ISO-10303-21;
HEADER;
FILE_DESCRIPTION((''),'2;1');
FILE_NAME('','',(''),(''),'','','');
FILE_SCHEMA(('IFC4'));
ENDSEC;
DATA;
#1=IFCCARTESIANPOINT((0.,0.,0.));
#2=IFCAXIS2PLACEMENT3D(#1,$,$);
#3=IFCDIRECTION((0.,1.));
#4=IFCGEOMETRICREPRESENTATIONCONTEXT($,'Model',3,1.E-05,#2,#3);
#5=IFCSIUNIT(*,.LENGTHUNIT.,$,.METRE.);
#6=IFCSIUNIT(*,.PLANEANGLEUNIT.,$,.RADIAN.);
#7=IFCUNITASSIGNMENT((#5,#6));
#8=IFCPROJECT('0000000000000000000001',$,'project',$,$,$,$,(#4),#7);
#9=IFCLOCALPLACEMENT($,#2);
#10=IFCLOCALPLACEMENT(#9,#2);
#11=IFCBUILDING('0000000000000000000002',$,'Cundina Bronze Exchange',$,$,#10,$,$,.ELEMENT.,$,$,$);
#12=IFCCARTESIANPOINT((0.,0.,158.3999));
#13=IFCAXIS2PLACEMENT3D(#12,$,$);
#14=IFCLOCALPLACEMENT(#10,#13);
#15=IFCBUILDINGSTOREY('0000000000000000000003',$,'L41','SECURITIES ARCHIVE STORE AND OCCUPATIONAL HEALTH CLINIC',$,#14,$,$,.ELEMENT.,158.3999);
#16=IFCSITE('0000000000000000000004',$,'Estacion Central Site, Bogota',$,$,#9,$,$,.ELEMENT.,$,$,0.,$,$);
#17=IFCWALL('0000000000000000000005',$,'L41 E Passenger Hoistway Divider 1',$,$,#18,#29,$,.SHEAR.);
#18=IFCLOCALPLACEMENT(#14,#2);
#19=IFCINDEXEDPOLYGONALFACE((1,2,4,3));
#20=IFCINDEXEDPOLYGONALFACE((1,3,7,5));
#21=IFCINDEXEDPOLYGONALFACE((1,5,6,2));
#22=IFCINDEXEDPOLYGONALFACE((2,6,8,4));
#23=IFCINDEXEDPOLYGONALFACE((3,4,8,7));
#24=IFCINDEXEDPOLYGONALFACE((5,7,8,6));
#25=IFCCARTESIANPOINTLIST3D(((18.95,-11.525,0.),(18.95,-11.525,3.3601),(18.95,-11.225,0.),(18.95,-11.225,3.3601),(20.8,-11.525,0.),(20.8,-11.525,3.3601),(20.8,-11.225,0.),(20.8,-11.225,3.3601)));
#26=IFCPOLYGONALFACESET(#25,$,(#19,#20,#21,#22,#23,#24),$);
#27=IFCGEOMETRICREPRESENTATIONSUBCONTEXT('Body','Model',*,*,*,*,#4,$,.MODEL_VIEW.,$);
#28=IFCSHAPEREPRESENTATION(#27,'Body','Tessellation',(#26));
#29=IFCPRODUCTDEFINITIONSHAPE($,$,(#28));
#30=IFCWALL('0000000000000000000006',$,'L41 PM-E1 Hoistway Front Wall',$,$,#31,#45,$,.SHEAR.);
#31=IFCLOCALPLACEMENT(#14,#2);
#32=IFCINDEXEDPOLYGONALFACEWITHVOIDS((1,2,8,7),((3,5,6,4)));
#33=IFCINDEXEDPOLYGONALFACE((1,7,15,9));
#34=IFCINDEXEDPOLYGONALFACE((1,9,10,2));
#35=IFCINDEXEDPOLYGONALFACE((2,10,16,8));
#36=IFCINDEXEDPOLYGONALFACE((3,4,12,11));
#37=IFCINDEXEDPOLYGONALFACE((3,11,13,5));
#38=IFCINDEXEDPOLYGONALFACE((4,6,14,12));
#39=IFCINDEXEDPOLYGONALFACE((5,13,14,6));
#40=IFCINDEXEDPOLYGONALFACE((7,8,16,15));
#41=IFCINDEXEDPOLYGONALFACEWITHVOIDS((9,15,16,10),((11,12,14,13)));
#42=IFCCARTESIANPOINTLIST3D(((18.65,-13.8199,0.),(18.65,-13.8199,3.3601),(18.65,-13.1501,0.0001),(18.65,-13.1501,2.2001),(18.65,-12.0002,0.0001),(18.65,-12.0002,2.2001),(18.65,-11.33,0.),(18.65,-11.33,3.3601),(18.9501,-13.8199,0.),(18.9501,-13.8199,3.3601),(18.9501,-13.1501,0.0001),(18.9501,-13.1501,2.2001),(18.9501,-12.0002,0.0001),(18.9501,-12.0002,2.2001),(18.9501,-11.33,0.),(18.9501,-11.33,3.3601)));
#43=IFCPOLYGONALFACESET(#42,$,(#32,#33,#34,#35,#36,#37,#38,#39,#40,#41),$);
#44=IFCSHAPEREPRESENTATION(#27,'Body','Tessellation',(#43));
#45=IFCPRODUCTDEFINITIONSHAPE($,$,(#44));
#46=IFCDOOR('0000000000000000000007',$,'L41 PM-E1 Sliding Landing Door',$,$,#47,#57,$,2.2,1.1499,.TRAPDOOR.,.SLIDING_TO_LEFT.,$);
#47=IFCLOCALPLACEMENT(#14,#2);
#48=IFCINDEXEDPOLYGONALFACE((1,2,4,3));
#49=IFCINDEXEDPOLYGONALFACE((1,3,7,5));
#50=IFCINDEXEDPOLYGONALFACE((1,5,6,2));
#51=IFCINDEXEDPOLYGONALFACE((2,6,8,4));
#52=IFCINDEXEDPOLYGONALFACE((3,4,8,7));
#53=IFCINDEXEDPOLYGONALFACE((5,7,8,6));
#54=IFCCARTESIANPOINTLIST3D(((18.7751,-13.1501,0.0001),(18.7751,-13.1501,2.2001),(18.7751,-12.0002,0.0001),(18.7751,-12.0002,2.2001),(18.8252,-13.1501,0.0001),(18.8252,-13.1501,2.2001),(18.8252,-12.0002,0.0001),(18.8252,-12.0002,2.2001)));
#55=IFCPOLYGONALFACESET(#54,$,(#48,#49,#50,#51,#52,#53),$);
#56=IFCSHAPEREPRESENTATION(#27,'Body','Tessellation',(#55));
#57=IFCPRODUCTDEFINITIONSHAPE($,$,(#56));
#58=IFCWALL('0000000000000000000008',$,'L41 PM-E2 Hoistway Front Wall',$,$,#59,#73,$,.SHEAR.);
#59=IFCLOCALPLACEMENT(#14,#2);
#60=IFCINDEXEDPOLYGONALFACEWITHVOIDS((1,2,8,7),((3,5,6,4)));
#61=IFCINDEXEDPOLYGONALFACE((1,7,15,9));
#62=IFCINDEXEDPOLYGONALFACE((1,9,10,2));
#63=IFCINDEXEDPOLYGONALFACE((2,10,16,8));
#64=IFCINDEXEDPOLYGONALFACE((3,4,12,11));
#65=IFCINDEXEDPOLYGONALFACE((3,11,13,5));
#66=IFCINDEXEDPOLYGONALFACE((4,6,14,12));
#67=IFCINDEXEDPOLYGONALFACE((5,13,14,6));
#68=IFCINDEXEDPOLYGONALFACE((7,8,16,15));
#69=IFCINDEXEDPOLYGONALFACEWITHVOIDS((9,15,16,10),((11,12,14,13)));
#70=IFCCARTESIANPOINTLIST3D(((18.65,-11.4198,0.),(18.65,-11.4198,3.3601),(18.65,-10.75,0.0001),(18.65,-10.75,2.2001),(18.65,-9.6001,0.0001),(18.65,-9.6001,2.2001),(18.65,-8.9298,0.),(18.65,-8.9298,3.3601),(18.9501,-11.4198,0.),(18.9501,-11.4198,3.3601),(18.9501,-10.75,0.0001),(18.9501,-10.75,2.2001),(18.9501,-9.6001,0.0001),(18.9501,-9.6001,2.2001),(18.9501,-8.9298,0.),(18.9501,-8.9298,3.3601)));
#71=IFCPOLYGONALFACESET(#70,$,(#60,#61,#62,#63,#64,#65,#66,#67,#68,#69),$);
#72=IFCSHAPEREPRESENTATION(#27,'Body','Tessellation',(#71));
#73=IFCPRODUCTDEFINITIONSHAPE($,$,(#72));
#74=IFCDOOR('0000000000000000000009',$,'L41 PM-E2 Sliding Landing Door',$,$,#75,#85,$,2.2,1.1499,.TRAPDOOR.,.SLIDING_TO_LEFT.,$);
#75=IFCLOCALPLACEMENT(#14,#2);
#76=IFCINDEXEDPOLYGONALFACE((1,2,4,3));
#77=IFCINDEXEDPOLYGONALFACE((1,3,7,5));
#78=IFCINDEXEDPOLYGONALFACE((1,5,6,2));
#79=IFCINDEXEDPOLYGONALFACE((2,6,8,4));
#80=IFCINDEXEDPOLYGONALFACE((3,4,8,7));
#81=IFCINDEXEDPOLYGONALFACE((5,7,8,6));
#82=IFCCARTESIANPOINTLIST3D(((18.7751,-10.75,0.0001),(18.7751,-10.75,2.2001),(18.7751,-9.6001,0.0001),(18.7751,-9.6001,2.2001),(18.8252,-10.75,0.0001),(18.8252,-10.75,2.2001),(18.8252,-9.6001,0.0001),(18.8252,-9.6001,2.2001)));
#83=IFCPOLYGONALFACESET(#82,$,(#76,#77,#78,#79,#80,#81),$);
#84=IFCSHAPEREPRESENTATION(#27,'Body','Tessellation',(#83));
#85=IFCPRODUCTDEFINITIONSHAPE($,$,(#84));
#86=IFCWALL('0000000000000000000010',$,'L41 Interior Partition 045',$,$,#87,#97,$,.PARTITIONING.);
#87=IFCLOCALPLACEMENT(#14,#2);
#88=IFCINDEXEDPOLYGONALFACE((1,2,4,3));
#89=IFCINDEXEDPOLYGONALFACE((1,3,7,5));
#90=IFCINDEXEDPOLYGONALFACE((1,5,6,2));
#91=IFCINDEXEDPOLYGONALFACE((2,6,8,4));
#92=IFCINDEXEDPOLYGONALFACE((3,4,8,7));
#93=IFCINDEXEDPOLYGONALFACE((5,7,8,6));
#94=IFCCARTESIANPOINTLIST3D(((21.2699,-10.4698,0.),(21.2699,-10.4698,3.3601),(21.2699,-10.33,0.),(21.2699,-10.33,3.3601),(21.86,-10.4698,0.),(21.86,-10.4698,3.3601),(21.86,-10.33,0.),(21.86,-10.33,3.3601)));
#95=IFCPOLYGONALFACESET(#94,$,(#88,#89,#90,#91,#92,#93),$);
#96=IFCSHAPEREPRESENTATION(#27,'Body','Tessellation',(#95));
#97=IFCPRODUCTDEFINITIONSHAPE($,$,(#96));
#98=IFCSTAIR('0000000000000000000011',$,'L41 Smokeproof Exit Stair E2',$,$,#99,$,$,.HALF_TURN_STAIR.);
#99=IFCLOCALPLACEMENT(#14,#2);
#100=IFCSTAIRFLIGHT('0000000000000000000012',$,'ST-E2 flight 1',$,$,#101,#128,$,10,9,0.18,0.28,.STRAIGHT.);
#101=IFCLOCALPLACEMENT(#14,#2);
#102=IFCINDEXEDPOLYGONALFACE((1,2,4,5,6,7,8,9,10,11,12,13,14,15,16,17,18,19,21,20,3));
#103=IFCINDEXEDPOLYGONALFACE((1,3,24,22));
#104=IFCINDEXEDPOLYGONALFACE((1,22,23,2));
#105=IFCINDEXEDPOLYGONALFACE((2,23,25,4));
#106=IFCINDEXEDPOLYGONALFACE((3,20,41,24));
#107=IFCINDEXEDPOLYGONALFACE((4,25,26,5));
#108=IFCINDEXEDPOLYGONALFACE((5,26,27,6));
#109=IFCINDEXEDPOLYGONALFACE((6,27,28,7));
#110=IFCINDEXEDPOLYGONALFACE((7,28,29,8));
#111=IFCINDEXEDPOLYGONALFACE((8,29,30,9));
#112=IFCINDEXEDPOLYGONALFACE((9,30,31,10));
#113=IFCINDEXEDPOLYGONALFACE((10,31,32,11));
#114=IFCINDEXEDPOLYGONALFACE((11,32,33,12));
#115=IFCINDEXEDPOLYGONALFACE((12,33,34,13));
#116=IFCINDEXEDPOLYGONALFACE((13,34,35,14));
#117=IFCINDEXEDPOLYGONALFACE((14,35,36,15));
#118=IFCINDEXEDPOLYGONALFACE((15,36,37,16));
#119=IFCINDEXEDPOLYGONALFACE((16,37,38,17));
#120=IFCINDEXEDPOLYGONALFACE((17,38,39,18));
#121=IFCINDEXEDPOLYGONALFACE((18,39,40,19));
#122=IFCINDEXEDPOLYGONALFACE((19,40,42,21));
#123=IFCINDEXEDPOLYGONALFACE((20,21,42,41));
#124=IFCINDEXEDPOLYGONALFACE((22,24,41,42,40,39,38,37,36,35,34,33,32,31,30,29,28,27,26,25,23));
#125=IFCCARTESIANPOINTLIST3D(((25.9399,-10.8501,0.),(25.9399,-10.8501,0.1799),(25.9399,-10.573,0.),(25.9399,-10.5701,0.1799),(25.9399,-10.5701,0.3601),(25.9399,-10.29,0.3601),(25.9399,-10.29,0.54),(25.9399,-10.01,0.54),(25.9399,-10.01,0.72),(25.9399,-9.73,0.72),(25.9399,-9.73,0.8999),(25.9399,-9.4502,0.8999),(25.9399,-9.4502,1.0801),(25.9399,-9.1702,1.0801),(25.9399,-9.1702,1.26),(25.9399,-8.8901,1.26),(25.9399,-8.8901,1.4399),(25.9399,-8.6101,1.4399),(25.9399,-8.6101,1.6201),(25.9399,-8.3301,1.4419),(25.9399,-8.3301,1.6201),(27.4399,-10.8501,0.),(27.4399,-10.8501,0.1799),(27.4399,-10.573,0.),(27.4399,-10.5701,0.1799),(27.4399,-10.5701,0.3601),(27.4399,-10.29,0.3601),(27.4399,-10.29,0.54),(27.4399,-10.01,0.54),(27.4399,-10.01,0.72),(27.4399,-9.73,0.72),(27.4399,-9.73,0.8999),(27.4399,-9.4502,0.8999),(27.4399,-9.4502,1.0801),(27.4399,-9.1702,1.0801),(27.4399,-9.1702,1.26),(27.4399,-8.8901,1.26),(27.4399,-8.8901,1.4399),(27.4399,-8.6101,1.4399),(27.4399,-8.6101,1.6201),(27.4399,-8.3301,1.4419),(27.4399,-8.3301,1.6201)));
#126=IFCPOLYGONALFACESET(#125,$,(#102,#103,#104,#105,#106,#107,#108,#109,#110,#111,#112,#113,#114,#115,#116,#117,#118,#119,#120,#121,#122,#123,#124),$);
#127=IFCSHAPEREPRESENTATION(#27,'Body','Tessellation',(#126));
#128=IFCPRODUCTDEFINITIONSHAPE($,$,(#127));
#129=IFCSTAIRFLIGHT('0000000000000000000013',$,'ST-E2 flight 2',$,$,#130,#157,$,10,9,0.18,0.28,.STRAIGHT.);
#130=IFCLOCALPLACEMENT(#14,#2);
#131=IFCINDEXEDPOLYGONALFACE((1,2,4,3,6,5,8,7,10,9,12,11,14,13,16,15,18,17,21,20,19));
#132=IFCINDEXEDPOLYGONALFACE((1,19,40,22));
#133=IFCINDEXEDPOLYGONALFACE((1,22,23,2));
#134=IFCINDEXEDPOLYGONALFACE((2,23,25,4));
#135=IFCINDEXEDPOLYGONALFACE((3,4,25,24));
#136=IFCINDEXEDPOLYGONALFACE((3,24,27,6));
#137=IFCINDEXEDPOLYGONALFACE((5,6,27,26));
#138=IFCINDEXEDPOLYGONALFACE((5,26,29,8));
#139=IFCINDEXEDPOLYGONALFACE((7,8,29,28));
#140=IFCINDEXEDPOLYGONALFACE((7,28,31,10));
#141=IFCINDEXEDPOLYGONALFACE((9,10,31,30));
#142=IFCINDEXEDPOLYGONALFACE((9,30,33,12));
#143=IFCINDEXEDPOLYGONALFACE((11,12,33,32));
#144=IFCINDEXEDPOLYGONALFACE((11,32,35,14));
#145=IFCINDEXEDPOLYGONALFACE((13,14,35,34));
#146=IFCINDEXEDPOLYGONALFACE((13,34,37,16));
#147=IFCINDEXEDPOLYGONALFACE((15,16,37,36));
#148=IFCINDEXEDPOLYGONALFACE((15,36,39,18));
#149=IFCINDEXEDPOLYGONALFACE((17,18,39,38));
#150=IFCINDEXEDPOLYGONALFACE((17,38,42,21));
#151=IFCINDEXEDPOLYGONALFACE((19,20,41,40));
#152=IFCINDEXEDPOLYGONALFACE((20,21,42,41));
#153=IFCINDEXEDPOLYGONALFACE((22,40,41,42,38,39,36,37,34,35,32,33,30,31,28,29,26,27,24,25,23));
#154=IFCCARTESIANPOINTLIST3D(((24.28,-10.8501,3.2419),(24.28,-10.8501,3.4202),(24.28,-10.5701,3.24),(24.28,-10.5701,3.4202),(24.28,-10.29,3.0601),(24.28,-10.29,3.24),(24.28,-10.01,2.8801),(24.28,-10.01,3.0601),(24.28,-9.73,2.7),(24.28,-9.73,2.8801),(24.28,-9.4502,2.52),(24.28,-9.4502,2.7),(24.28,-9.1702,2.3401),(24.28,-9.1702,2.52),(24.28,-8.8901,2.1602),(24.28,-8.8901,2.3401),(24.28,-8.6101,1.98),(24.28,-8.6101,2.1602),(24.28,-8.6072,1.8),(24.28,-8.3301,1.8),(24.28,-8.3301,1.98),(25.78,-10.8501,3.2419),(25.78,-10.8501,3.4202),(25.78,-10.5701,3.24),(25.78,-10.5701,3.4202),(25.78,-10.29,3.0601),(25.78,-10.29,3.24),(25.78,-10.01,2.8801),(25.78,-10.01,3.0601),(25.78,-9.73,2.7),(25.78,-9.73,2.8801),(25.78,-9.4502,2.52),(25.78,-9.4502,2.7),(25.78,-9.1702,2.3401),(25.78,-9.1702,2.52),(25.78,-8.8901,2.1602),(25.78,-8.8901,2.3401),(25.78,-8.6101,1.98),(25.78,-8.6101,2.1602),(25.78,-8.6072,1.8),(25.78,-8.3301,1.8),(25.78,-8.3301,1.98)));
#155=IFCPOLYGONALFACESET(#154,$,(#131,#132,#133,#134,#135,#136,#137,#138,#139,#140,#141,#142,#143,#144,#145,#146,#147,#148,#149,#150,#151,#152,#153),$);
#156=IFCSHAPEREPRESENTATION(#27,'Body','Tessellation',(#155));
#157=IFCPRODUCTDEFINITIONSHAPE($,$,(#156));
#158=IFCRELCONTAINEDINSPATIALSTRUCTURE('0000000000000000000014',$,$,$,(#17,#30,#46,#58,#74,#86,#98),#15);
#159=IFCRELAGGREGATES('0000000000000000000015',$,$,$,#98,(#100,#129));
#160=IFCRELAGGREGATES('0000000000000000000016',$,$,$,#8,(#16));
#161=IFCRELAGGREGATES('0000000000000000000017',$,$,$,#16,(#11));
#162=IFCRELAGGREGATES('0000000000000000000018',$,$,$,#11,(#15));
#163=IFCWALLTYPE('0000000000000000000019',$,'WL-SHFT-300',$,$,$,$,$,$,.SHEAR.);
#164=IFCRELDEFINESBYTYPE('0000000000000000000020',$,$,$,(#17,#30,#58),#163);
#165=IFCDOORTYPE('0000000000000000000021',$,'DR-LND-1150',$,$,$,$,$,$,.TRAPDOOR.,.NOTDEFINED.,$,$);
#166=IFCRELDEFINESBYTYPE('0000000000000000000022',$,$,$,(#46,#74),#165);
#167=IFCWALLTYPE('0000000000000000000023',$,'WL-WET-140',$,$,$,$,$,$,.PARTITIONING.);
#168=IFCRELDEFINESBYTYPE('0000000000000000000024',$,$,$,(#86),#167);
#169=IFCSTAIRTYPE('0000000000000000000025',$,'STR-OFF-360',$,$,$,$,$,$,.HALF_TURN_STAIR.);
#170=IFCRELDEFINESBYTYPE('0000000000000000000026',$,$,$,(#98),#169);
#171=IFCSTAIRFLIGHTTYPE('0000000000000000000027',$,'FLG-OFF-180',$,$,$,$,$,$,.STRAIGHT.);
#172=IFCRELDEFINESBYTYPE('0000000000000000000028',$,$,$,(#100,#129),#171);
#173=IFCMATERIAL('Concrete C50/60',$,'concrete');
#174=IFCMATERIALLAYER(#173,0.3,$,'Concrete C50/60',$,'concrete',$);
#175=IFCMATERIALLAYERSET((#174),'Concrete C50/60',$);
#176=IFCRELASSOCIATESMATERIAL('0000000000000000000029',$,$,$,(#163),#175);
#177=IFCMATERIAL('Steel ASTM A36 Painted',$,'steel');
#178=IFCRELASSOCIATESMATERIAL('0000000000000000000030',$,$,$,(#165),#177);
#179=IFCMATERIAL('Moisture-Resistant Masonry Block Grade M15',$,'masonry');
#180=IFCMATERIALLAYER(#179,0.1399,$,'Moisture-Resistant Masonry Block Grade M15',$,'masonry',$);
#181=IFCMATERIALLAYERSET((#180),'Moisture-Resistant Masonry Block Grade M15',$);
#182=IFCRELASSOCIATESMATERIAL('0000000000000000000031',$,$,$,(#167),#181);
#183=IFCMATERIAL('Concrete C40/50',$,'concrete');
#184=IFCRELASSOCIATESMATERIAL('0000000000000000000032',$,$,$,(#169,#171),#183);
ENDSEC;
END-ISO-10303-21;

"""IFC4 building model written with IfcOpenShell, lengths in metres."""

from ifc_helpers import new_model, si_unit, direction, frame, frame_2d, origin, place, context, subcontext, project, spatial, polyline, rectangle, outline, extrude, material, layer, layer_set, type_object, element, fill, aggregate, save


model = new_model("IFC4")

# Units and contexts
model_context = context("Model", 3, precision=1e-05, world=origin(), true_north=direction((0.0, 1.0)))
body_context = subcontext(model_context, "Body", "Model", "MODEL_VIEW")
ifc_project = project(units=[si_unit("LENGTHUNIT", "METRE"), si_unit("PLANEANGLEUNIT", "RADIAN")], contexts=[model_context])

# Site, building, storey
site_placement = place(None, origin())
site = spatial("IfcSite", under=ifc_project, at=site_placement, Name="Estacion Central Site, Bogota", CompositionType="ELEMENT", RefElevation=0.0)
building_placement = place(site_placement, origin())
building = spatial("IfcBuilding", under=site, at=building_placement, Name="Cundina Bronze Exchange", CompositionType="ELEMENT")
storey_placement = place(building_placement, frame((0.0, 0.0, 158.3999)))
storey = spatial("IfcBuildingStorey", under=building, at=storey_placement, Name="L41", Description="SECURITIES ARCHIVE STORE AND OCCUPATIONAL HEALTH CLINIC", CompositionType="ELEMENT", Elevation=158.3999)

# Shared definitions
ifc_material_1 = material(Name="Concrete C50/60", Category="concrete")

# Shared definitions
ifc_layer_1 = layer(ifc_material_1, 0.3, Name="Concrete C50/60", Category="concrete")
ifc_layer_set_1 = layer_set([ifc_layer_1], Name="Concrete C50/60")
wall_type_1 = type_object("IfcWallType", Name="WL-SHFT-300", PredefinedType="SHEAR", material=ifc_layer_set_1)

# Shared definitions
ifc_material_2 = material(Name="Steel ASTM A36 Painted", Category="steel")
door_type_1 = type_object("IfcDoorType", Name="DR-LND-1150", OperationType="NOTDEFINED", PredefinedType="TRAPDOOR", material=ifc_material_2)

# Wall
wall_1_placement = place(storey_placement, frame((18.95, -11.375, 0.0), z_axis=(0.0, 0.0, 1.0), x_axis=(1.0, 0.0, 0.0)))
element("IfcWall", 1, at=wall_1_placement, inside=storey, type_object=wall_type_1, Name="L41 E Passenger Hoistway Divider 1", PredefinedType="SHEAR", context=body_context, shape_type="SweptSolid", body=[
    extrude(rectangle(XDim=1.8501, YDim=0.3, at=frame_2d((0.925, 0.0))), origin(), (0.0, 0.0, 1.0), 3.3601),
])

# Walls, openings, doors
wall_2_placement = place(storey_placement, frame((18.8, -13.8201, 0.0), z_axis=(0.0, 0.0, 1.0), x_axis=(0.0, 1.0, 0.0)))
wall_2 = element("IfcWall", 2, at=wall_2_placement, inside=storey, type_object=wall_type_1, Name="L41 PM-E1 Hoistway Front Wall", PredefinedType="SHEAR", context=body_context, shape_type="SweptSolid", body=[
    extrude(rectangle(XDim=2.49, YDim=0.3, at=frame_2d((1.2451, 0.0))), origin(), (0.0, 0.0, 1.0), 3.3601),
])
opening_1_placement = place(wall_2_placement, frame((0.6699, 0.0, 0.0)))
opening_1 = element("IfcOpeningElement", 3, at=opening_1_placement, cuts=wall_2, PredefinedType="OPENING", context=body_context, shape_type="SweptSolid", body=[
    extrude(rectangle(XDim=1.1499, YDim=2.2, at=frame_2d((0.575, 1.1001))), frame((0.0, 0.1599, 0.0), z_axis=(0.0, -1.0, 0.0), x_axis=(1.0, 0.0, 0.0)), (0.0, 0.0, 1.0), 0.3201),
])
door_1_placement = place(opening_1_placement, origin())
door_1 = element("IfcDoor", 4, at=door_1_placement, inside=storey, type_object=door_type_1, Name="L41 PM-E1 Sliding Landing Door", OperationType="SLIDING_TO_LEFT", OverallHeight=2.2, OverallWidth=1.1499, PredefinedType="TRAPDOOR", context=body_context, shape_type="SweptSolid", body=[
    extrude(rectangle(XDim=1.1499, YDim=2.2, at=frame_2d((0.575, 1.1001))), frame((0.0, 0.0249, 0.0), z_axis=(0.0, -1.0, 0.0), x_axis=(1.0, 0.0, 0.0)), (0.0, 0.0, 1.0), 0.05),
])
fill(opening_1, door_1)
wall_3_placement = place(storey_placement, frame((18.8, -11.4199, 0.0), z_axis=(0.0, 0.0, 1.0), x_axis=(0.0, 1.0, 0.0)))
wall_3 = element("IfcWall", 5, at=wall_3_placement, inside=storey, type_object=wall_type_1, Name="L41 PM-E2 Hoistway Front Wall", PredefinedType="SHEAR", context=body_context, shape_type="SweptSolid", body=[
    extrude(rectangle(XDim=2.49, YDim=0.3, at=frame_2d((1.2451, 0.0))), origin(), (0.0, 0.0, 1.0), 3.3601),
])
opening_2_placement = place(wall_3_placement, frame((0.6699, 0.0, 0.0)))
opening_2 = element("IfcOpeningElement", 6, at=opening_2_placement, cuts=wall_3, PredefinedType="OPENING", context=body_context, shape_type="SweptSolid", body=[
    extrude(rectangle(XDim=1.1499, YDim=2.2, at=frame_2d((0.575, 1.1001))), frame((0.0, 0.1599, 0.0), z_axis=(0.0, -1.0, 0.0), x_axis=(1.0, 0.0, 0.0)), (0.0, 0.0, 1.0), 0.3201),
])
door_2_placement = place(opening_2_placement, origin())
door_2 = element("IfcDoor", 7, at=door_2_placement, inside=storey, type_object=door_type_1, Name="L41 PM-E2 Sliding Landing Door", OperationType="SLIDING_TO_LEFT", OverallHeight=2.2, OverallWidth=1.1499, PredefinedType="TRAPDOOR", context=body_context, shape_type="SweptSolid", body=[
    extrude(rectangle(XDim=1.1499, YDim=2.2, at=frame_2d((0.575, 1.1001))), frame((0.0, 0.0249, 0.0), z_axis=(0.0, -1.0, 0.0), x_axis=(1.0, 0.0, 0.0)), (0.0, 0.0, 1.0), 0.05),
])
fill(opening_2, door_2)

# Wall
ifc_material_3 = material(Name="Moisture-Resistant Masonry Block Grade M15", Category="masonry")
ifc_layer_2 = layer(ifc_material_3, 0.1399, Name="Moisture-Resistant Masonry Block Grade M15", Category="masonry")
ifc_layer_set_2 = layer_set([ifc_layer_2], Name="Moisture-Resistant Masonry Block Grade M15")
wall_type_2 = type_object("IfcWallType", Name="WL-WET-140", PredefinedType="PARTITIONING", material=ifc_layer_set_2)
wall_4_placement = place(storey_placement, frame((21.27, -10.3999, 0.0), z_axis=(0.0, 0.0, 1.0), x_axis=(1.0, 0.0, 0.0)))
element("IfcWall", 8, at=wall_4_placement, inside=storey, type_object=wall_type_2, Name="L41 Interior Partition 045", PredefinedType="PARTITIONING", context=body_context, shape_type="SweptSolid", body=[
    extrude(rectangle(XDim=0.5901, YDim=0.1399, at=frame_2d((0.2949, 0.0))), origin(), (0.0, 0.0, 1.0), 3.3601),
])

# Stair, stair flights
ifc_material_4 = material(Name="Concrete C40/50", Category="concrete")
stair_type = type_object("IfcStairType", Name="STR-OFF-360", PredefinedType="HALF_TURN_STAIR", material=ifc_material_4)
stair_placement = place(storey_placement, origin())
stair = element("IfcStair", 9, at=stair_placement, inside=storey, type_object=stair_type, Name="L41 Smokeproof Exit Stair E2", PredefinedType="HALF_TURN_STAIR")
stair_flight_type = type_object("IfcStairFlightType", Name="FLG-OFF-180", PredefinedType="STRAIGHT", material=ifc_material_4)
stair_flight_1_placement = place(storey_placement, frame((26.6899, -10.8501, 0.0), z_axis=(0.0, 0.0, 1.0), x_axis=(0.0, 1.0, 0.0)))
stair_flight_1 = element("IfcStairFlight", 10, at=stair_flight_1_placement, type_object=stair_flight_type, Name="ST-E2 flight 1", NumberOfRisers=10, NumberOfTreads=9, PredefinedType="STRAIGHT", RiserHeight=0.18, TreadLength=0.28, context=body_context, shape_type="SweptSolid", body=[
    extrude(outline(polyline([(0.0, 0.0), (0.0, 0.1799), (0.28, 0.1799), (0.28, 0.3601), (0.5601, 0.3601), (0.5601, 0.54), (0.8401, 0.54), (0.8401, 0.72), (1.1201, 0.72), (1.1201, 0.8999), (1.3999, 0.8999), (1.3999, 1.0801), (1.6799, 1.0801), (1.6799, 1.26), (1.96, 1.26), (1.96, 1.4399), (2.24, 1.4399), (2.24, 1.6201), (2.52, 1.6201), (2.52, 1.8), (2.52, 1.4419), (0.2771, 0.0), (0.0, 0.0)])), frame((0.0, 0.75, 0.0), z_axis=(0.0, -1.0, 0.0), x_axis=(1.0, 0.0, 0.0)), (0.0, 0.0, 1.0), 1.5),
])
stair_flight_2_placement = place(storey_placement, frame((25.03, -8.3301, 1.8), z_axis=(0.0, 0.0, 1.0), x_axis=(0.0, -1.0, 0.0)))
stair_flight_2 = element("IfcStairFlight", 11, at=stair_flight_2_placement, type_object=stair_flight_type, Name="ST-E2 flight 2", NumberOfRisers=10, NumberOfTreads=9, PredefinedType="STRAIGHT", RiserHeight=0.18, TreadLength=0.28, context=body_context, shape_type="SweptSolid", body=[
    extrude(outline(polyline([(0.0, 0.0), (0.0, 0.1799), (0.28, 0.1799), (0.28, 0.3601), (0.5601, 0.3601), (0.5601, 0.54), (0.8401, 0.54), (0.8401, 0.72), (1.1201, 0.72), (1.1201, 0.8999), (1.3999, 0.8999), (1.3999, 1.0801), (1.6799, 1.0801), (1.6799, 1.26), (1.96, 1.26), (1.96, 1.4399), (2.24, 1.4399), (2.24, 1.6201), (2.52, 1.6201), (2.52, 1.8), (2.52, 1.4419), (0.2771, 0.0), (0.0, 0.0)])), frame((0.0, 0.75, 0.0), z_axis=(0.0, -1.0, 0.0), x_axis=(1.0, 0.0, 0.0)), (0.0, 0.0, 1.0), 1.5),
])
aggregate(stair, [stair_flight_1, stair_flight_2])

save(model, "model.ifc")
